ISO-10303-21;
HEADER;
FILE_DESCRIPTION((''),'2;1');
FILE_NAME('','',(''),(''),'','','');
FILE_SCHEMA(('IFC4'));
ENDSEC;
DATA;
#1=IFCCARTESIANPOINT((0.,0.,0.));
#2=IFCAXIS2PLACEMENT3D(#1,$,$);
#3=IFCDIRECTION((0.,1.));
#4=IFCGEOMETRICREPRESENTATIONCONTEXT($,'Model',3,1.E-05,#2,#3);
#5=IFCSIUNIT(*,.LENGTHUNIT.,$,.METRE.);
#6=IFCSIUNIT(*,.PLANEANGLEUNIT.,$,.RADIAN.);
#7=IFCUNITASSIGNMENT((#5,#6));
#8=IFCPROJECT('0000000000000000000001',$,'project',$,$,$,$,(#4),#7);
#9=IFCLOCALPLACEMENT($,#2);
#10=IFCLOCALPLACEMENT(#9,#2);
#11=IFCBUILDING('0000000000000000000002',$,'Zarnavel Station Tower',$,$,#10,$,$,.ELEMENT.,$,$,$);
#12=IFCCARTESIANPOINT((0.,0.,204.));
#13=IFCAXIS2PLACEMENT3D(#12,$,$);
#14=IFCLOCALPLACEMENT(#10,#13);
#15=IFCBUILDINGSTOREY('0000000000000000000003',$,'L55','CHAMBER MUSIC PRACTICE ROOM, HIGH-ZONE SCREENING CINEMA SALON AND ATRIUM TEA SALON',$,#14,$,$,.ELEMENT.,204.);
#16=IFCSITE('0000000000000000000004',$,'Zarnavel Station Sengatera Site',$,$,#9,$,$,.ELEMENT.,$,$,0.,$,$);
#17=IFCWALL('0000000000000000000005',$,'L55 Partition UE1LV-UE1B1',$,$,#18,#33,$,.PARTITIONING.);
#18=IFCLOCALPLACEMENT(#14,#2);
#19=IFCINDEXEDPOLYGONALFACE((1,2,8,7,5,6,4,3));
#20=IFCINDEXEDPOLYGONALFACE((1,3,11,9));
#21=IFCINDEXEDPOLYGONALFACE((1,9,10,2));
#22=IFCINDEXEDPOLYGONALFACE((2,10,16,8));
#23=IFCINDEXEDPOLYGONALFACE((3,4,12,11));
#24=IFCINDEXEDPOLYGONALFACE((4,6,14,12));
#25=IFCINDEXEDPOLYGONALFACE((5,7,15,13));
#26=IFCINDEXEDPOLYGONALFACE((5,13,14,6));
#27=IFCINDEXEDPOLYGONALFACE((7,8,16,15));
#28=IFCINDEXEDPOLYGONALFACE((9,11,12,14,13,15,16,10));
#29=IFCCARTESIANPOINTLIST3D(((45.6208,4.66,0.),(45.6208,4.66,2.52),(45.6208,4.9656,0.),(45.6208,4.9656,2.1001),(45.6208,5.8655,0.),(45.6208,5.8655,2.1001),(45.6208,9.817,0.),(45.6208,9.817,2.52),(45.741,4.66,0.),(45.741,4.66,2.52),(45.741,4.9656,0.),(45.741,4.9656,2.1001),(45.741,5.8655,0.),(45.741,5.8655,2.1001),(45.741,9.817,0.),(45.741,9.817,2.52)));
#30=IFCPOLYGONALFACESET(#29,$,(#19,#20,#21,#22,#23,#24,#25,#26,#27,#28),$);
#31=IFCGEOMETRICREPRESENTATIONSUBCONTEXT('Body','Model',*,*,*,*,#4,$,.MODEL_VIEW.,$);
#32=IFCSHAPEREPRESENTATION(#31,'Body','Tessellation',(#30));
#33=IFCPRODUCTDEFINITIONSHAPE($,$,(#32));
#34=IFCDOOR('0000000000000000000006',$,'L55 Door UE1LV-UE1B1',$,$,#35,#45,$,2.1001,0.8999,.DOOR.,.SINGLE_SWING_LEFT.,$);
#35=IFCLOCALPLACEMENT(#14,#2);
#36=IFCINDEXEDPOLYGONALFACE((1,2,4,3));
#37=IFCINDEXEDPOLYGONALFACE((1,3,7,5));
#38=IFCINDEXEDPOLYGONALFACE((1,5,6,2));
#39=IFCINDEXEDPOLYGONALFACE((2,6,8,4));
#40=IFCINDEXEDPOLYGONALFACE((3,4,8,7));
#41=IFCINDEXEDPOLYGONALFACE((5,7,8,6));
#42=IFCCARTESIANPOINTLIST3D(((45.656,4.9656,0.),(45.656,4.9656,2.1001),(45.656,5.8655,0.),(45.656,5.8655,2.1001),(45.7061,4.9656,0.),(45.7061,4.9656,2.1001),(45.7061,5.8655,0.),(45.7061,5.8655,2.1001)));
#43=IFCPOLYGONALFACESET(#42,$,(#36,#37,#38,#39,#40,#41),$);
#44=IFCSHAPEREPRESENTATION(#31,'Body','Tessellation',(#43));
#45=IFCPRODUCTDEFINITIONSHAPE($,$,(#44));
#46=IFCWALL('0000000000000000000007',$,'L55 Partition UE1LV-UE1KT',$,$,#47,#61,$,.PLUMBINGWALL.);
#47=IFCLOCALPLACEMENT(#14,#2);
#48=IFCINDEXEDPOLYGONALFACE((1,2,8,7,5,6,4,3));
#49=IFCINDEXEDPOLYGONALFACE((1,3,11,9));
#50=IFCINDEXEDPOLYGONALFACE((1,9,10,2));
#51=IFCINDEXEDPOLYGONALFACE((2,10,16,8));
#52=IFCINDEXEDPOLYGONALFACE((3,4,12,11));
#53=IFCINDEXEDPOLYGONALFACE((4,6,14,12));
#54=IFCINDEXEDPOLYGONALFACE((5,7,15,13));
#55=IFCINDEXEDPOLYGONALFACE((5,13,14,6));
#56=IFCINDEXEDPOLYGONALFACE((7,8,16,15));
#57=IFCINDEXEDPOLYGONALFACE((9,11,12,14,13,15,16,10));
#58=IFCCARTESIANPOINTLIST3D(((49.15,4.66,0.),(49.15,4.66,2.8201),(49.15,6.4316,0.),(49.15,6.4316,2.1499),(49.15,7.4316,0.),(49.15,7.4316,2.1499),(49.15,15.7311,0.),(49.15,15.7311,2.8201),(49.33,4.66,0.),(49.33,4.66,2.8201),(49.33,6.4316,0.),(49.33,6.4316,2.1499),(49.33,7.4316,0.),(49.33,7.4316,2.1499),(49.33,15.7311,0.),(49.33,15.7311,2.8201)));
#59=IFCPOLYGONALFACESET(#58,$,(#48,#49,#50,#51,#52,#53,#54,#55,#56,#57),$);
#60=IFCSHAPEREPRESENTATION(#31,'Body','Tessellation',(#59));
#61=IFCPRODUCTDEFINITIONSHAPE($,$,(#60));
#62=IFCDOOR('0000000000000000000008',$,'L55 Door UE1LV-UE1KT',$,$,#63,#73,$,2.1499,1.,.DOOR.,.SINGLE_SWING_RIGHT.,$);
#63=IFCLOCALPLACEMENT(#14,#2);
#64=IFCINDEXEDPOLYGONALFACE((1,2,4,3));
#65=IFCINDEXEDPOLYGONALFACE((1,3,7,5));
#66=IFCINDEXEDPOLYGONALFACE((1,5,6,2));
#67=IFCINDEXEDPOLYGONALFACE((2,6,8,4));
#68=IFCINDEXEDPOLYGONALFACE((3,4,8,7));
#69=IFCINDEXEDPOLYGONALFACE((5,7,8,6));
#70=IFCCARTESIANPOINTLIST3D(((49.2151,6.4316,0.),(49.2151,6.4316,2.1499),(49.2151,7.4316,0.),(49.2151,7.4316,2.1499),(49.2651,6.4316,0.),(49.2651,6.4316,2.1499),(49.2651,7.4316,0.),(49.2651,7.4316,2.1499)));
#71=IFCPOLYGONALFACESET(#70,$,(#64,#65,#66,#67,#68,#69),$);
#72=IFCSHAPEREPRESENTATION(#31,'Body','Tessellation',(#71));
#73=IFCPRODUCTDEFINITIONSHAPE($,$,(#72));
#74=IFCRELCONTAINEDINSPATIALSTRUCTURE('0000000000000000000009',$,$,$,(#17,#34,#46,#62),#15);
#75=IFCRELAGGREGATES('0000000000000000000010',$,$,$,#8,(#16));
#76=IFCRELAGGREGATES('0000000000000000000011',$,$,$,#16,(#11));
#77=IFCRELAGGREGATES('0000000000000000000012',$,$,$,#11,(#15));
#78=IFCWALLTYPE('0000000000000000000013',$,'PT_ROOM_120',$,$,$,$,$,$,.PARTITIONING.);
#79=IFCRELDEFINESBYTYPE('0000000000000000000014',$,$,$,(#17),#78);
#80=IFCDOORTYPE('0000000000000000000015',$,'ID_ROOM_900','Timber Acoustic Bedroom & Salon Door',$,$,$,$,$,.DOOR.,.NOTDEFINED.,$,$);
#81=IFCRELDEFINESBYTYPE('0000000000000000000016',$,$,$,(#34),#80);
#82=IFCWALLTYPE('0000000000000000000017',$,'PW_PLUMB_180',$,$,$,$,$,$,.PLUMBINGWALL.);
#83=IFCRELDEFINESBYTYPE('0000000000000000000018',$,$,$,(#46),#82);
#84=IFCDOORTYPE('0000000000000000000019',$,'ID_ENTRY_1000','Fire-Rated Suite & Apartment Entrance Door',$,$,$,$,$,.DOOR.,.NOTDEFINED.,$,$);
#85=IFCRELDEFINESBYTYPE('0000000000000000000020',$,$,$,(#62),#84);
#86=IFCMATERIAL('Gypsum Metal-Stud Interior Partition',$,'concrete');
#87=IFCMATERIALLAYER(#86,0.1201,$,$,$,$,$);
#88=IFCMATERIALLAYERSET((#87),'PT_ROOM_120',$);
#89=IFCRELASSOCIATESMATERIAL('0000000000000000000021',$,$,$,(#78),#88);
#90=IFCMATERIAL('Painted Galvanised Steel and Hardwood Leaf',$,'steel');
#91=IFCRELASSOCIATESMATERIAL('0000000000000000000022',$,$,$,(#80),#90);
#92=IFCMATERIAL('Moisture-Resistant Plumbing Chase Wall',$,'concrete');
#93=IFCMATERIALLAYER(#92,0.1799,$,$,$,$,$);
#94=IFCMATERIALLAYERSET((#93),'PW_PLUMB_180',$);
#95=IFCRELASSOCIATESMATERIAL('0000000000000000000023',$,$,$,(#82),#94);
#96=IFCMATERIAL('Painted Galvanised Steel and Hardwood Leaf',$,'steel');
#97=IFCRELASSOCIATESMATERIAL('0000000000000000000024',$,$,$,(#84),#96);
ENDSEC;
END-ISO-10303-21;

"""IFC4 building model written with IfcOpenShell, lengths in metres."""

from ifc_helpers import new_model, si_unit, direction, frame, frame_2d, origin, place, context, subcontext, project, spatial, rectangle, extrude, material, layer, layer_set, type_object, element, fill, save


model = new_model("IFC4")

# Units and contexts
model_context = context("Model", 3, precision=1e-05, world=origin(), true_north=direction((0.0, 1.0)))
body_context = subcontext(model_context, "Body", "Model", "MODEL_VIEW")
ifc_project = project(units=[si_unit("LENGTHUNIT", "METRE"), si_unit("PLANEANGLEUNIT", "RADIAN")], contexts=[model_context])

# Site, building, storey
site_placement = place(None, origin())
site = spatial("IfcSite", under=ifc_project, at=site_placement, Name="Zarnavel Station Sengatera Site", CompositionType="ELEMENT", RefElevation=0.0)
building_placement = place(site_placement, origin())
building = spatial("IfcBuilding", under=site, at=building_placement, Name="Zarnavel Station Tower", CompositionType="ELEMENT")
storey_placement = place(building_placement, frame((0.0, 0.0, 204.0)))
storey = spatial("IfcBuildingStorey", under=building, at=storey_placement, Name="L55", Description="CHAMBER MUSIC PRACTICE ROOM, HIGH-ZONE SCREENING CINEMA SALON AND ATRIUM TEA SALON", CompositionType="ELEMENT", Elevation=204.0)

# Walls, openings, doors
ifc_material_1 = material(Name="Gypsum Metal-Stud Interior Partition", Category="concrete")
ifc_layer_1 = layer(ifc_material_1, 0.1201)
ifc_layer_set_1 = layer_set([ifc_layer_1], Name="PT_ROOM_120")
wall_type_1 = type_object("IfcWallType", Name="PT_ROOM_120", PredefinedType="PARTITIONING", material=ifc_layer_set_1)
wall_1_placement = place(storey_placement, frame((45.6809, 4.6599, 0.0), z_axis=(0.0, 0.0, 1.0), x_axis=(0.0, 1.0, 0.0)))
wall_1 = element("IfcWall", 1, at=wall_1_placement, inside=storey, type_object=wall_type_1, Name="L55 Partition UE1LV-UE1B1", PredefinedType="PARTITIONING", context=body_context, shape_type="SweptSolid", body=[
    extrude(rectangle(XDim=5.157, YDim=0.1201, at=frame_2d((2.5786, 0.0))), origin(), (0.0, 0.0, 1.0), 2.52),
])
opening_1_placement = place(wall_1_placement, frame((0.3057, 0.0, 0.0)))
opening_1 = element("IfcOpeningElement", 2, at=opening_1_placement, cuts=wall_1, PredefinedType="OPENING", context=body_context, shape_type="SweptSolid", body=[
    extrude(rectangle(XDim=0.8999, YDim=2.1001, at=frame_2d((0.45, 1.05))), frame((0.0, 0.0701, 0.0), z_axis=(0.0, -1.0, 0.0), x_axis=(1.0, 0.0, 0.0)), (0.0, 0.0, 1.0), 0.1401),
])
ifc_material_2 = material(Name="Painted Galvanised Steel and Hardwood Leaf", Category="steel")
door_type_1 = type_object("IfcDoorType", Name="ID_ROOM_900", Description="Timber Acoustic Bedroom & Salon Door", OperationType="NOTDEFINED", PredefinedType="DOOR", material=ifc_material_2)
door_1_placement = place(opening_1_placement, origin())
door_1 = element("IfcDoor", 3, at=door_1_placement, inside=storey, type_object=door_type_1, Name="L55 Door UE1LV-UE1B1", OperationType="SINGLE_SWING_LEFT", OverallHeight=2.1001, OverallWidth=0.8999, PredefinedType="DOOR", context=body_context, shape_type="SweptSolid", body=[
    extrude(rectangle(XDim=0.8999, YDim=2.1001, at=frame_2d((0.45, 1.05))), frame((0.0, 0.0249, 0.0), z_axis=(0.0, -1.0, 0.0), x_axis=(1.0, 0.0, 0.0)), (0.0, 0.0, 1.0), 0.05),
])
fill(opening_1, door_1)
ifc_material_3 = material(Name="Moisture-Resistant Plumbing Chase Wall", Category="concrete")
ifc_layer_2 = layer(ifc_material_3, 0.1799)
ifc_layer_set_2 = layer_set([ifc_layer_2], Name="PW_PLUMB_180")
wall_type_2 = type_object("IfcWallType", Name="PW_PLUMB_180", PredefinedType="PLUMBINGWALL", material=ifc_layer_set_2)
wall_2_placement = place(storey_placement, frame((49.24, 4.6599, 0.0), z_axis=(0.0, 0.0, 1.0), x_axis=(0.0, 1.0, 0.0)))
wall_2 = element("IfcWall", 4, at=wall_2_placement, inside=storey, type_object=wall_type_2, Name="L55 Partition UE1LV-UE1KT", PredefinedType="PLUMBINGWALL", context=body_context, shape_type="SweptSolid", body=[
    extrude(rectangle(XDim=11.071, YDim=0.1799, at=frame_2d((5.5356, 0.0))), origin(), (0.0, 0.0, 1.0), 2.8201),
])
opening_2_placement = place(wall_2_placement, frame((1.7717, 0.0, 0.0)))
opening_2 = element("IfcOpeningElement", 5, at=opening_2_placement, cuts=wall_2, PredefinedType="OPENING", context=body_context, shape_type="SweptSolid", body=[
    extrude(rectangle(XDim=1.0, YDim=2.1499, at=frame_2d((0.5, 1.075))), frame((0.0, 0.0999, 0.0), z_axis=(0.0, -1.0, 0.0), x_axis=(1.0, 0.0, 0.0)), (0.0, 0.0, 1.0), 0.2),
])
ifc_material_4 = material(Name="Painted Galvanised Steel and Hardwood Leaf", Category="steel")
door_type_2 = type_object("IfcDoorType", Name="ID_ENTRY_1000", Description="Fire-Rated Suite & Apartment Entrance Door", OperationType="NOTDEFINED", PredefinedType="DOOR", material=ifc_material_4)
door_2_placement = place(opening_2_placement, origin())
door_2 = element("IfcDoor", 6, at=door_2_placement, inside=storey, type_object=door_type_2, Name="L55 Door UE1LV-UE1KT", OperationType="SINGLE_SWING_RIGHT", OverallHeight=2.1499, OverallWidth=1.0, PredefinedType="DOOR", context=body_context, shape_type="SweptSolid", body=[
    extrude(rectangle(XDim=1.0, YDim=2.1499, at=frame_2d((0.5, 1.075))), frame((0.0, 0.0249, 0.0), z_axis=(0.0, -1.0, 0.0), x_axis=(1.0, 0.0, 0.0)), (0.0, 0.0, 1.0), 0.05),
])
fill(opening_2, door_2)

save(model, "model.ifc")
